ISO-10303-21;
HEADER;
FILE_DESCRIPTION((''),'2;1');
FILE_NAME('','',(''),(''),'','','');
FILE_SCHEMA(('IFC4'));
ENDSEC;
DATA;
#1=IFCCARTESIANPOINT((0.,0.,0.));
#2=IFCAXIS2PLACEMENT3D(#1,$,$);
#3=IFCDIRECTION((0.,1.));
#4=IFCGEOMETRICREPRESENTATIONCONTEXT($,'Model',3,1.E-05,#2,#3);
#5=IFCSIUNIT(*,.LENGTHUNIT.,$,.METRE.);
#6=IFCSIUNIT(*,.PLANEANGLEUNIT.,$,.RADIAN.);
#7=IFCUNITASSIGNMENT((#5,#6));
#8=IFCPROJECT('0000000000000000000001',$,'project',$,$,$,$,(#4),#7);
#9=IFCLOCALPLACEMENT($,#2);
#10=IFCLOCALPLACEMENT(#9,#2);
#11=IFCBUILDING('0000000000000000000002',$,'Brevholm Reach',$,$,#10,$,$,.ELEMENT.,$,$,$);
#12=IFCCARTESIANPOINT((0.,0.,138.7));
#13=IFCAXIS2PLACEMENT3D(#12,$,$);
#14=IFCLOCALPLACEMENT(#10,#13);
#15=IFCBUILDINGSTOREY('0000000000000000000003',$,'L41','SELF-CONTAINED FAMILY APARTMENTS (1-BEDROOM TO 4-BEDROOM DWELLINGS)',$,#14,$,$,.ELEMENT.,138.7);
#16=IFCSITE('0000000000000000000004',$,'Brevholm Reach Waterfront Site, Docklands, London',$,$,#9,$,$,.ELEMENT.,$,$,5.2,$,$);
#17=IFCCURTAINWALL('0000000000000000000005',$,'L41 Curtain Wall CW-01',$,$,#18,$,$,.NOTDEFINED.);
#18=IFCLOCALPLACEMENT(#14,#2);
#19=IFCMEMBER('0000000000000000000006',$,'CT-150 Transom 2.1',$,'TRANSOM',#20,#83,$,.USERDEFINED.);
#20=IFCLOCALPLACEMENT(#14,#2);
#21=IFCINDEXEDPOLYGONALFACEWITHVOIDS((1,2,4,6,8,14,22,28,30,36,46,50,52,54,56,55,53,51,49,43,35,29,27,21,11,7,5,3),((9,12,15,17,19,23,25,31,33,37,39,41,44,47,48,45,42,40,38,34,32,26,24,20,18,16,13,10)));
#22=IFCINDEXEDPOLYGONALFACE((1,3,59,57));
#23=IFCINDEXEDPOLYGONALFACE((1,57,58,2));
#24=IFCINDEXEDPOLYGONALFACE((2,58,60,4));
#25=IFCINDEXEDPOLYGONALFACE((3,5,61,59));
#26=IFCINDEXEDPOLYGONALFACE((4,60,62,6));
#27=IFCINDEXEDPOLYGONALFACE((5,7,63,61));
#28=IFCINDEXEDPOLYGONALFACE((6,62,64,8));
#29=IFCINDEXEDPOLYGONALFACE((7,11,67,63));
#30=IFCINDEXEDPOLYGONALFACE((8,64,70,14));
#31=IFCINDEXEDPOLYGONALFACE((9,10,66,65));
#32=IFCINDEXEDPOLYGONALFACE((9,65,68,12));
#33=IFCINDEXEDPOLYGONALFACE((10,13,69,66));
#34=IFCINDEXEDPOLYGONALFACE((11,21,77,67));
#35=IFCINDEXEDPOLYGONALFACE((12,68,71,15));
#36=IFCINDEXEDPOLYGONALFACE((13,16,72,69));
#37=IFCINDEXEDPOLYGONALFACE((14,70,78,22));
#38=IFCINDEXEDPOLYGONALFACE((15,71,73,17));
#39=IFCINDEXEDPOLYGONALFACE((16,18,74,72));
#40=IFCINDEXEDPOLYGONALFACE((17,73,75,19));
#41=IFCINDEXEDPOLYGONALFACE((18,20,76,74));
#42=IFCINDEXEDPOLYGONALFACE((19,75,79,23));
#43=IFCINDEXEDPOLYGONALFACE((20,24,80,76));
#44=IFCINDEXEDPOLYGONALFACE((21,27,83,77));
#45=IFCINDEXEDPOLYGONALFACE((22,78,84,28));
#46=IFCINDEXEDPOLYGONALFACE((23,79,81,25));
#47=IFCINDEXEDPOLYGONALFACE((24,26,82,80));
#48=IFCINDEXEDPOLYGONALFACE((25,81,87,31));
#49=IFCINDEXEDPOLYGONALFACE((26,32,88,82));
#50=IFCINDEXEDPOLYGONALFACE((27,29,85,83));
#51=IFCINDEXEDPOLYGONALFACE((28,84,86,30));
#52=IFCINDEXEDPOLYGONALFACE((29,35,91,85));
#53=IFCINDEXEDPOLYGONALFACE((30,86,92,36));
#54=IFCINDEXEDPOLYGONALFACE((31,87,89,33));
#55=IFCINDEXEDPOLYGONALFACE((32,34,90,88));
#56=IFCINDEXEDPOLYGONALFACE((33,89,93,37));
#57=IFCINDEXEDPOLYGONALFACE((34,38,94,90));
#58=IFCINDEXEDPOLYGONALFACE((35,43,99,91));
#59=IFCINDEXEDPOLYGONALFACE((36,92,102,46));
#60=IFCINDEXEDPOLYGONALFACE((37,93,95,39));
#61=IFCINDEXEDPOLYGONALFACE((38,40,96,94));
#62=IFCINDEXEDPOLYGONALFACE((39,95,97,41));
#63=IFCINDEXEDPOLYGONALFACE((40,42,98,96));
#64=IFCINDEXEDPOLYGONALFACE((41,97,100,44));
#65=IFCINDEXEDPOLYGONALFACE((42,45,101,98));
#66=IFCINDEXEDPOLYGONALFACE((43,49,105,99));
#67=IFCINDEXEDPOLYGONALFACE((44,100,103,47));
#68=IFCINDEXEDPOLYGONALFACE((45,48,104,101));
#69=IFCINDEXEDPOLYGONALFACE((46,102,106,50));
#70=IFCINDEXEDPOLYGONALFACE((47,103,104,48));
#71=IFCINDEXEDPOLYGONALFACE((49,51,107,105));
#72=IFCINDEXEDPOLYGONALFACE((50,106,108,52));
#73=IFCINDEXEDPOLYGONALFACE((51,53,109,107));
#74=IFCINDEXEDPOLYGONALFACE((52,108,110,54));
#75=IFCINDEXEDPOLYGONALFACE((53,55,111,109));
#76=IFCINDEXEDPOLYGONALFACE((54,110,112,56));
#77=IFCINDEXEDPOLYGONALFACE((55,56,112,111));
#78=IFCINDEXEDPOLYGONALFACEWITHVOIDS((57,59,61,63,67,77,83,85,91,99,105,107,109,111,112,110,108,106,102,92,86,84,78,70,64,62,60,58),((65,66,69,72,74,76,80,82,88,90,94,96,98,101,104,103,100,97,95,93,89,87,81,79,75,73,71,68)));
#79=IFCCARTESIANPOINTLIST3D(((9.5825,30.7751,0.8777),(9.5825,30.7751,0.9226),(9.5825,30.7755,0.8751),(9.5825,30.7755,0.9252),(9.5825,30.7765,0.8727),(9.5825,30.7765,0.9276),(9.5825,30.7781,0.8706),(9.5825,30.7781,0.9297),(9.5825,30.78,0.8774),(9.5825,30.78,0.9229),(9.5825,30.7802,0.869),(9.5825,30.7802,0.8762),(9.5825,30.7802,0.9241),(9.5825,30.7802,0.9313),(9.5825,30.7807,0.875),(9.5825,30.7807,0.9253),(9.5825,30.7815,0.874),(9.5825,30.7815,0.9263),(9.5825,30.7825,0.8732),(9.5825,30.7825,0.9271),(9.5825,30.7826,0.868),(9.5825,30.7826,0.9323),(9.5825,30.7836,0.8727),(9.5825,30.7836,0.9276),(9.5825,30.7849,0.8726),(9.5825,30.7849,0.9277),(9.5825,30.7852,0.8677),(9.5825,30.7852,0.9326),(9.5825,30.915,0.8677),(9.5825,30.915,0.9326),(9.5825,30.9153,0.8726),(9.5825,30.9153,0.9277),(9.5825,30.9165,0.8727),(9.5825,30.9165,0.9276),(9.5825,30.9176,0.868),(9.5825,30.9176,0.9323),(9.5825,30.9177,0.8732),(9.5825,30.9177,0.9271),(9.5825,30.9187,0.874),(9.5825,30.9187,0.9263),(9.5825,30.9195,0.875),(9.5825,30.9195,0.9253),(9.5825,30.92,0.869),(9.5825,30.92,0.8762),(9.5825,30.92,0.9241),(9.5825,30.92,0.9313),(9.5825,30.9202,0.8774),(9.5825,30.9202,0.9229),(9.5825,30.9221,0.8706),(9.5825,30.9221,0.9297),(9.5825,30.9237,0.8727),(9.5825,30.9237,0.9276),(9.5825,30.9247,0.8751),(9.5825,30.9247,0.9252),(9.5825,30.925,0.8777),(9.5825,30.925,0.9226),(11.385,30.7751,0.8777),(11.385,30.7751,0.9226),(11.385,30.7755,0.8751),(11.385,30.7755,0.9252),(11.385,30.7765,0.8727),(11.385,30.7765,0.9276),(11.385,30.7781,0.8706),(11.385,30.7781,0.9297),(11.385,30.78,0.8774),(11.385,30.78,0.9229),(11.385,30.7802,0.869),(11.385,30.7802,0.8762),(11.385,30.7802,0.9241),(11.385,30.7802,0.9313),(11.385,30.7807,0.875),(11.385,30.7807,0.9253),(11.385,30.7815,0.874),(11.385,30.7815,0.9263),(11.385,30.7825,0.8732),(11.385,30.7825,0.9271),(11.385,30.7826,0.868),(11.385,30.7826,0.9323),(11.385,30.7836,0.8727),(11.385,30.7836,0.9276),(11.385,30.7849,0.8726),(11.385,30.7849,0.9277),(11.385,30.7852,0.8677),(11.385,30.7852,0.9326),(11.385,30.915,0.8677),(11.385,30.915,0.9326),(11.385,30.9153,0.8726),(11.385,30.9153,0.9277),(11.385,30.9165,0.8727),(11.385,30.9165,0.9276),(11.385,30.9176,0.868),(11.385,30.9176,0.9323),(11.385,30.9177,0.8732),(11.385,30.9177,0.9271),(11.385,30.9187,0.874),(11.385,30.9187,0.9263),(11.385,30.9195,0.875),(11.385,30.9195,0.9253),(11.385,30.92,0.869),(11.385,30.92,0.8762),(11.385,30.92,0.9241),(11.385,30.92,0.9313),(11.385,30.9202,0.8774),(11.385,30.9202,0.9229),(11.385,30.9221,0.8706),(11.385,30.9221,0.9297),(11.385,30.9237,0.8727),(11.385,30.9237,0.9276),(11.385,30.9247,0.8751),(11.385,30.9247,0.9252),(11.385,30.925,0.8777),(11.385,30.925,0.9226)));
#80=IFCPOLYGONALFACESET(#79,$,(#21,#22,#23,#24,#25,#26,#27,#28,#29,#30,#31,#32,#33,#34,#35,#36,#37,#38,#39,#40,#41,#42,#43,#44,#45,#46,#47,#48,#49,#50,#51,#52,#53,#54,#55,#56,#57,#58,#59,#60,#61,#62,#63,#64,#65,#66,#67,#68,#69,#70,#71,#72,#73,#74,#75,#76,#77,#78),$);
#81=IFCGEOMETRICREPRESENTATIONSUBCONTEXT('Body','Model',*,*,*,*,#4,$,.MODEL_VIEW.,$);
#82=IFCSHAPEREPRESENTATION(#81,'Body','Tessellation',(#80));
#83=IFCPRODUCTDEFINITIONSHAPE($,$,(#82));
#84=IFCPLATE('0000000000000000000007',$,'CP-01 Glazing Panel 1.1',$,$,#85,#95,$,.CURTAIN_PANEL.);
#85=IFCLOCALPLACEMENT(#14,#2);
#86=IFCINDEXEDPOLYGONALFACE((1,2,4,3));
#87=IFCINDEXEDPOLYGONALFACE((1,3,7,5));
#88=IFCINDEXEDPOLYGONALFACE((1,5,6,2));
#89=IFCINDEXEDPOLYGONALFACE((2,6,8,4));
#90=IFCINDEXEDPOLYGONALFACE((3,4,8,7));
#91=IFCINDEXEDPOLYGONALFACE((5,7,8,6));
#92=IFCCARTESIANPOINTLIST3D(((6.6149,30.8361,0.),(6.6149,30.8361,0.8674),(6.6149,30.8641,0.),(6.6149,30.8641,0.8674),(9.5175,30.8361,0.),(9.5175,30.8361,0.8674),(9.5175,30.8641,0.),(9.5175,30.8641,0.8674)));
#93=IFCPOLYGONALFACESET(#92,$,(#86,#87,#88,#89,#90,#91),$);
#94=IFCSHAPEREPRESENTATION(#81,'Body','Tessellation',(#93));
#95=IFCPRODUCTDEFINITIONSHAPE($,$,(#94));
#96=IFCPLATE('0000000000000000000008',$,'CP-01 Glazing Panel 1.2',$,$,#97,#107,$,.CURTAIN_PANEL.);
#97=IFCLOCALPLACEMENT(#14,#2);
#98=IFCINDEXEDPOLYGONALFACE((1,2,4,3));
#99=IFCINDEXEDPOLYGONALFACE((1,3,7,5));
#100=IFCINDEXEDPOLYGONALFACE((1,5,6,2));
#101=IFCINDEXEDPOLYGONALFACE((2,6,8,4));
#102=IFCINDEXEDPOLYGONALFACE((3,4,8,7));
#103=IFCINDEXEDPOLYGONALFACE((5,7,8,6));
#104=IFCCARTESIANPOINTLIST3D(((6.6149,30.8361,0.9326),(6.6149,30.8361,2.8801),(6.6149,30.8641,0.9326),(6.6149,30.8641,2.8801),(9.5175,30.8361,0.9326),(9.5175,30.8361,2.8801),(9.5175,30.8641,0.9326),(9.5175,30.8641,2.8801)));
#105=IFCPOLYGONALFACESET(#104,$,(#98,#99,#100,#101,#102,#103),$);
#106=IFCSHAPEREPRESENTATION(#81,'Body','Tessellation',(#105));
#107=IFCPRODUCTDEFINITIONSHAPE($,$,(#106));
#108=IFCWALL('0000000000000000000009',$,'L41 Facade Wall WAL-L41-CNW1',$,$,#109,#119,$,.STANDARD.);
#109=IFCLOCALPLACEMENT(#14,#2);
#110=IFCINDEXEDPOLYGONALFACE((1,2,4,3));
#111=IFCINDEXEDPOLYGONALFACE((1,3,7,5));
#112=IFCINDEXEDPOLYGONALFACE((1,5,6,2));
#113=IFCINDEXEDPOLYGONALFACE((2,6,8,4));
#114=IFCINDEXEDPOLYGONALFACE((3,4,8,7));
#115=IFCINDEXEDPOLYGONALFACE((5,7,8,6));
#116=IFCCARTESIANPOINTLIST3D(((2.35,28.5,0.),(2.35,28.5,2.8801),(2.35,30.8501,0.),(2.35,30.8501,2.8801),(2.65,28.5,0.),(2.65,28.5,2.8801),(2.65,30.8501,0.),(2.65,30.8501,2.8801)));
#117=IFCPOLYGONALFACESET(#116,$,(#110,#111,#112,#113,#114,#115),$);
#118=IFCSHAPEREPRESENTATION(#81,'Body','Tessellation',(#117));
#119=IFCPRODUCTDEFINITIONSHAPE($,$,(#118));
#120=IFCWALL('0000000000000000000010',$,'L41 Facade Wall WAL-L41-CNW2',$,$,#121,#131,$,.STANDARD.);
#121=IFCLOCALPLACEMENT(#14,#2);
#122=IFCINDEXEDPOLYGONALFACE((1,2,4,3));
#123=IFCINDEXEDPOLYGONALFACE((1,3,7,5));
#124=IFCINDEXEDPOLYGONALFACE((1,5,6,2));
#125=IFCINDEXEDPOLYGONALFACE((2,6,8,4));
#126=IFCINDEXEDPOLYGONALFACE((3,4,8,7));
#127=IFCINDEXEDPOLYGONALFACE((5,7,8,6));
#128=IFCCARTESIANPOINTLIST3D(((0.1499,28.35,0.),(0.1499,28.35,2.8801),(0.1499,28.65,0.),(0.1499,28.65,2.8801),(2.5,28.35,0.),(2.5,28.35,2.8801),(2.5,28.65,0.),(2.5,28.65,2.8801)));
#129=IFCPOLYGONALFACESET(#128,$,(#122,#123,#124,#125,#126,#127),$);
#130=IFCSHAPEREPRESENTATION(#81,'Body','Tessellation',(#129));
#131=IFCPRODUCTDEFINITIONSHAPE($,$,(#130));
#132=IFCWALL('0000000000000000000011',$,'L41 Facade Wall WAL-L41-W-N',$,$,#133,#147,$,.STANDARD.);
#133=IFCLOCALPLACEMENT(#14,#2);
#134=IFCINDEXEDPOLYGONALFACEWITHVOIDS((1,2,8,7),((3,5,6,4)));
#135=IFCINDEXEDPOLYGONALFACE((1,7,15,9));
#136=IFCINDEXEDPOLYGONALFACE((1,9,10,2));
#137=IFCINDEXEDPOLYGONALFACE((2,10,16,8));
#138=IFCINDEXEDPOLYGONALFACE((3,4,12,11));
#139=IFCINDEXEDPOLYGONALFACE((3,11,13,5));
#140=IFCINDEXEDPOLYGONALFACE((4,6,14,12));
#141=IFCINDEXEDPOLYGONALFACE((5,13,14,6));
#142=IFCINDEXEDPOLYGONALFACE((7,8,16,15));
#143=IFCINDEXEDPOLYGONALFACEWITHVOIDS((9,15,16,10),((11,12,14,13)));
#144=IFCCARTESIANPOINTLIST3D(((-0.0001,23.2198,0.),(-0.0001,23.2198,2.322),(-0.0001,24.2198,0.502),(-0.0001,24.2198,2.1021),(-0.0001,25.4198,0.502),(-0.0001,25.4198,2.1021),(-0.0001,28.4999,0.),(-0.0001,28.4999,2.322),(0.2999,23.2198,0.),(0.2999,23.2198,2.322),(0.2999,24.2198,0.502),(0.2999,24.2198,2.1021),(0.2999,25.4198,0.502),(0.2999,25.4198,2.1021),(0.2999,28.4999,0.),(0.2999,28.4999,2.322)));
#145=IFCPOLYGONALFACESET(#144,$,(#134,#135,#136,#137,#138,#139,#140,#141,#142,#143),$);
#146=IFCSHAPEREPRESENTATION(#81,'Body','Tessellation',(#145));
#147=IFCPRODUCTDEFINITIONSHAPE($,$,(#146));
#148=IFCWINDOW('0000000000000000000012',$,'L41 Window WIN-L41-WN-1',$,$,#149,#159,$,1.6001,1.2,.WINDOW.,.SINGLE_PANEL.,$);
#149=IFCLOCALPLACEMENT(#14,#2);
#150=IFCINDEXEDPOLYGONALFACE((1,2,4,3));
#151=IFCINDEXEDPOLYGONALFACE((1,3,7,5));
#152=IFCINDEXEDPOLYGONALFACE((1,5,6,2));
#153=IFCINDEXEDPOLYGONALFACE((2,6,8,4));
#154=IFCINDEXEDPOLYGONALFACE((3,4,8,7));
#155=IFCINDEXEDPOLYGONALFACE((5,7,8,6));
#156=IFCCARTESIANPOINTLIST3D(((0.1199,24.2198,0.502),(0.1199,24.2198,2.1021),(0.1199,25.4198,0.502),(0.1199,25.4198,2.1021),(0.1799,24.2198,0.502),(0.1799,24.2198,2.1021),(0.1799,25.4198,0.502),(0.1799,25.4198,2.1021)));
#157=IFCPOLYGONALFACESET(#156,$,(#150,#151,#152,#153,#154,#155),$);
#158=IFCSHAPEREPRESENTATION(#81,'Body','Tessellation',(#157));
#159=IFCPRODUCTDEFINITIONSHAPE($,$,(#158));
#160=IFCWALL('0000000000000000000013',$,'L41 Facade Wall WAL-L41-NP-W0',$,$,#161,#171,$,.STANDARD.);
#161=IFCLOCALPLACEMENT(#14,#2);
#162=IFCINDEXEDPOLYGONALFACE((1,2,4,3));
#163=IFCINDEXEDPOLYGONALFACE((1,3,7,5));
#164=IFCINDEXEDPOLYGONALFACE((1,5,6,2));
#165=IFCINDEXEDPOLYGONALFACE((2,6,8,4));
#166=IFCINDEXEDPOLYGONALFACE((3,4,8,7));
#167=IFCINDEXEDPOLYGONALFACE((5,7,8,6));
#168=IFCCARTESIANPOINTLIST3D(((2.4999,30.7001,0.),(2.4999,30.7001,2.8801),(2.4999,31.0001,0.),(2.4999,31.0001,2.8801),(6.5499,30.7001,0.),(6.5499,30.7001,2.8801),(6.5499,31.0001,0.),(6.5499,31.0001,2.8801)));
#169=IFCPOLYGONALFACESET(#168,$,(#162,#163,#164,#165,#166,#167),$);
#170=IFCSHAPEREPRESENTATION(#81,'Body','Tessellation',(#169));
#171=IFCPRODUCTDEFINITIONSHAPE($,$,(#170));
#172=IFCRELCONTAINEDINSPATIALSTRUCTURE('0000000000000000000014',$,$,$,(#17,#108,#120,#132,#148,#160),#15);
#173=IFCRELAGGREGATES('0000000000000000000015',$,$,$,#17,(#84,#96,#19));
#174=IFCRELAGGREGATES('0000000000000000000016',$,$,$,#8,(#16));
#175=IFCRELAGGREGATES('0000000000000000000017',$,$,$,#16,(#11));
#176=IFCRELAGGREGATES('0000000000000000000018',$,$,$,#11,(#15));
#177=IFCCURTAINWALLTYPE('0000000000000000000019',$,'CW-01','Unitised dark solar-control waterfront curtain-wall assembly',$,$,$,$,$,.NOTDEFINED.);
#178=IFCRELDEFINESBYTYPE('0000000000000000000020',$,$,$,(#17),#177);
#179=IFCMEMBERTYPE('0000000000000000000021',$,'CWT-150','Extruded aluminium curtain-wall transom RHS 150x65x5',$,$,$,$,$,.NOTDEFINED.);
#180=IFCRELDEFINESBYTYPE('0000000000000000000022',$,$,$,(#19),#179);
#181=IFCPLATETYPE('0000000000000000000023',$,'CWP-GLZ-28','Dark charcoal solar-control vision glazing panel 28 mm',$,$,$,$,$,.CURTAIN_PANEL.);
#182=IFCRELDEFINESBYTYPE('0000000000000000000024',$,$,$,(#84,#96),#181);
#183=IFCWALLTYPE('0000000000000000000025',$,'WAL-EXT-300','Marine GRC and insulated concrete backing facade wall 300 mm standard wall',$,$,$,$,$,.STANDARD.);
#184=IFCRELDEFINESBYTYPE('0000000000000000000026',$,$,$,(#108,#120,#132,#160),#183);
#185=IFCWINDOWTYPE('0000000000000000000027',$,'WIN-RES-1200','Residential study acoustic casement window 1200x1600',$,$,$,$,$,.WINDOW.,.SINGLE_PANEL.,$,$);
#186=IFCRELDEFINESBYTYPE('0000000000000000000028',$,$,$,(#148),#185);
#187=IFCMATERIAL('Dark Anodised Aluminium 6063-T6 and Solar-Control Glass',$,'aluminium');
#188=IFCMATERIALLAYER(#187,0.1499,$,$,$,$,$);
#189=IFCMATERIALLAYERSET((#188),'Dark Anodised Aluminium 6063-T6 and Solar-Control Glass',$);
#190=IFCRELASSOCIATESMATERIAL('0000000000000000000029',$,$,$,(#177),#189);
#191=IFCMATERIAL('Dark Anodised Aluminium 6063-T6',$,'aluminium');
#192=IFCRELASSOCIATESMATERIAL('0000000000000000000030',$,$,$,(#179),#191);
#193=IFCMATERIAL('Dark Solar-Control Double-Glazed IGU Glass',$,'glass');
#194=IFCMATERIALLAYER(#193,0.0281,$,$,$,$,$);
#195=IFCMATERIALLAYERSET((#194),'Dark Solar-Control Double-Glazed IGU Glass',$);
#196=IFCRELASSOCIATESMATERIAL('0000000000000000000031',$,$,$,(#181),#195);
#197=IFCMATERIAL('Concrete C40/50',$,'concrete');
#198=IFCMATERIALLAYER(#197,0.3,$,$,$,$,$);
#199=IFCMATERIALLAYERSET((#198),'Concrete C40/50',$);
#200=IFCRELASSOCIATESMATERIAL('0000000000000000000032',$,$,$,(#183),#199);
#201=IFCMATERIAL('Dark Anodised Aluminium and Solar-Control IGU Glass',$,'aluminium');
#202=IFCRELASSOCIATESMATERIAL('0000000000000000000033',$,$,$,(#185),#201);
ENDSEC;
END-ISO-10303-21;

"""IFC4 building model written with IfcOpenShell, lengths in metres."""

from ifc_helpers import new_model, si_unit, direction, frame, frame_2d, origin, origin_2d, place, context, subcontext, project, spatial, rectangle, hollow_rectangle, extrude, material, layer, layer_set, material_profile, profile_set, type_object, element, fill, aggregate, save


model = new_model("IFC4")

# Units and contexts
model_context = context("Model", 3, precision=1e-05, world=origin(), true_north=direction((0.0, 1.0)))
body_context = subcontext(model_context, "Body", "Model", "MODEL_VIEW")
ifc_project = project(units=[si_unit("LENGTHUNIT", "METRE"), si_unit("PLANEANGLEUNIT", "RADIAN")], contexts=[model_context])

# Site, building, storey
site_placement = place(None, origin())
site = spatial("IfcSite", under=ifc_project, at=site_placement, Name="Brevholm Reach Waterfront Site, Docklands, London", CompositionType="ELEMENT", RefElevation=5.2)
building_placement = place(site_placement, origin())
building = spatial("IfcBuilding", under=site, at=building_placement, Name="Brevholm Reach", CompositionType="ELEMENT")
storey_placement = place(building_placement, frame((0.0, 0.0, 138.7)))
storey = spatial("IfcBuildingStorey", under=building, at=storey_placement, Name="L41", Description="SELF-CONTAINED FAMILY APARTMENTS (1-BEDROOM TO 4-BEDROOM DWELLINGS)", CompositionType="ELEMENT", Elevation=138.7)

# Curtain wall, member, plates
ifc_material_1 = material(Name="Dark Anodised Aluminium 6063-T6 and Solar-Control Glass", Category="aluminium")
ifc_layer_1 = layer(ifc_material_1, 0.1499)
ifc_layer_set_1 = layer_set([ifc_layer_1], Name="Dark Anodised Aluminium 6063-T6 and Solar-Control Glass")
curtain_wall_type = type_object("IfcCurtainWallType", Name="CW-01", Description="Unitised dark solar-control waterfront curtain-wall assembly", PredefinedType="NOTDEFINED", material=ifc_layer_set_1)
curtain_wall_placement = place(storey_placement, origin())
curtain_wall = element("IfcCurtainWall", 1, at=curtain_wall_placement, inside=storey, type_object=curtain_wall_type, Name="L41 Curtain Wall CW-01", PredefinedType="NOTDEFINED")
ifc_material_2 = material(Name="Dark Anodised Aluminium 6063-T6", Category="aluminium")
ifc_material_profile_1 = material_profile(ifc_material_2, hollow_rectangle(XDim=0.0649, YDim=0.1499, WallThickness=0.0049, InnerFilletRadius=0.0049, OuterFilletRadius=0.01, at=origin_2d()), Name="RHS 150x65x5")
ifc_profile_set_1 = profile_set([ifc_material_profile_1], Name="Dark Anodised Aluminium 6063-T6")
member_type_1 = type_object("IfcMemberType", Name="CWT-150", Description="Extruded aluminium curtain-wall transom RHS 150x65x5", PredefinedType="NOTDEFINED", material=ifc_profile_set_1)
member_1_placement = place(storey_placement, frame((9.5825, 30.8501, 0.9001), z_axis=(1.0, 0.0, 0.0), x_axis=(0.0, 0.0, 1.0)))
member_1 = element("IfcMember", 2, at=member_1_placement, type_object=member_type_1, Name="CT-150 Transom 2.1", ObjectType="TRANSOM", PredefinedType="USERDEFINED", context=body_context, shape_type="SweptSolid", body=[
    extrude(hollow_rectangle(XDim=0.0649, YDim=0.1499, WallThickness=0.0049, InnerFilletRadius=0.0049, OuterFilletRadius=0.01, at=origin_2d()), origin(), (0.0, 0.0, 1.0), 1.8025),
])
ifc_material_3 = material(Name="Dark Solar-Control Double-Glazed IGU Glass", Category="glass")
ifc_layer_2 = layer(ifc_material_3, 0.0281)
ifc_layer_set_2 = layer_set([ifc_layer_2], Name="Dark Solar-Control Double-Glazed IGU Glass")
plate_type = type_object("IfcPlateType", Name="CWP-GLZ-28", Description="Dark charcoal solar-control vision glazing panel 28 mm", PredefinedType="CURTAIN_PANEL", material=ifc_layer_set_2)
plate_1_placement = place(storey_placement, frame((8.0662, 30.8501, 0.0), z_axis=(0.0, 0.0, 1.0), x_axis=(1.0, 0.0, 0.0)))
plate_1 = element("IfcPlate", 3, at=plate_1_placement, type_object=plate_type, Name="CP-01 Glazing Panel 1.1", PredefinedType="CURTAIN_PANEL", context=body_context, shape_type="SweptSolid", body=[
    extrude(rectangle(XDim=2.9026, YDim=0.0281, at=origin_2d()), origin(), (0.0, 0.0, 1.0), 0.8674),
])
plate_2_placement = place(storey_placement, frame((8.0662, 30.8501, 0.9326), z_axis=(0.0, 0.0, 1.0), x_axis=(1.0, 0.0, 0.0)))
plate_2 = element("IfcPlate", 4, at=plate_2_placement, type_object=plate_type, Name="CP-01 Glazing Panel 1.2", PredefinedType="CURTAIN_PANEL", context=body_context, shape_type="SweptSolid", body=[
    extrude(rectangle(XDim=2.9026, YDim=0.0281, at=origin_2d()), origin(), (0.0, 0.0, 1.0), 1.9475),
])
aggregate(curtain_wall, [plate_1, plate_2, member_1])

# Walls
ifc_material_4 = material(Name="Concrete C40/50", Category="concrete")
ifc_layer_3 = layer(ifc_material_4, 0.3)
ifc_layer_set_3 = layer_set([ifc_layer_3], Name="Concrete C40/50")
wall_type_1 = type_object("IfcWallType", Name="WAL-EXT-300", Description="Marine GRC and insulated concrete backing facade wall 300 mm standard wall", PredefinedType="STANDARD", material=ifc_layer_set_3)
for number, where, z_axis, x_axis, name in (
    (5, (2.5, 30.8501, 0.0), (0.0, 0.0, 1.0), (0.0, -1.0, 0.0), "L41 Facade Wall WAL-L41-CNW1"),
    (6, (2.5, 28.5, 0.0), (0.0, 0.0, 1.0), (-1.0, 0.0, 0.0), "L41 Facade Wall WAL-L41-CNW2"),
):
    element("IfcWall", number, at=place(storey_placement, frame(where, z_axis=z_axis, x_axis=x_axis)), inside=storey, type_object=wall_type_1, Name=name, PredefinedType="STANDARD", context=body_context, shape_type="SweptSolid", body=[
        extrude(rectangle(XDim=2.3501, YDim=0.3, at=frame_2d((1.175, 0.0))), origin(), (0.0, 0.0, 1.0), 2.8801),
    ])

# Wall, opening, window
wall_1_placement = place(storey_placement, frame((0.1499, 28.5, 0.0), z_axis=(0.0, 0.0, 1.0), x_axis=(0.0, -1.0, 0.0)))
wall_1 = element("IfcWall", 7, at=wall_1_placement, inside=storey, type_object=wall_type_1, Name="L41 Facade Wall WAL-L41-W-N", PredefinedType="STANDARD", context=body_context, shape_type="SweptSolid", body=[
    extrude(rectangle(XDim=5.28, YDim=0.3, at=frame_2d((2.6401, 0.0))), origin(), (0.0, 0.0, 1.0), 2.322),
])
opening_1_placement = place(wall_1_placement, frame((3.0801, 0.0, 0.502)))
opening_1 = element("IfcOpeningElement", 8, at=opening_1_placement, cuts=wall_1, PredefinedType="OPENING", context=body_context, shape_type="SweptSolid", body=[
    extrude(rectangle(XDim=1.2, YDim=1.6001, at=frame_2d((0.6001, 0.8))), frame((0.0, 0.1599, 0.0), z_axis=(0.0, -1.0, 0.0), x_axis=(1.0, 0.0, 0.0)), (0.0, 0.0, 1.0), 0.3201),
])
ifc_material_5 = material(Name="Dark Anodised Aluminium and Solar-Control IGU Glass", Category="aluminium")
window_type = type_object("IfcWindowType", Name="WIN-RES-1200", Description="Residential study acoustic casement window 1200x1600", PartitioningType="SINGLE_PANEL", PredefinedType="WINDOW", material=ifc_material_5)
window_placement = place(opening_1_placement, origin())
window = element("IfcWindow", 9, at=window_placement, inside=storey, type_object=window_type, Name="L41 Window WIN-L41-WN-1", OverallHeight=1.6001, OverallWidth=1.2, PartitioningType="SINGLE_PANEL", PredefinedType="WINDOW", context=body_context, shape_type="SweptSolid", body=[
    extrude(rectangle(XDim=1.2, YDim=1.6001, at=frame_2d((0.6001, 0.8))), frame((0.0, 0.03, 0.0), z_axis=(0.0, -1.0, 0.0), x_axis=(1.0, 0.0, 0.0)), (0.0, 0.0, 1.0), 0.0601),
])
fill(opening_1, window)

# Wall
wall_2_placement = place(storey_placement, frame((2.5, 30.8501, 0.0), z_axis=(0.0, 0.0, 1.0), x_axis=(1.0, 0.0, 0.0)))
element("IfcWall", 10, at=wall_2_placement, inside=storey, type_object=wall_type_1, Name="L41 Facade Wall WAL-L41-NP-W0", PredefinedType="STANDARD", context=body_context, shape_type="SweptSolid", body=[
    extrude(rectangle(XDim=4.05, YDim=0.3, at=frame_2d((2.0249, 0.0))), origin(), (0.0, 0.0, 1.0), 2.8801),
])

save(model, "model.ifc")
